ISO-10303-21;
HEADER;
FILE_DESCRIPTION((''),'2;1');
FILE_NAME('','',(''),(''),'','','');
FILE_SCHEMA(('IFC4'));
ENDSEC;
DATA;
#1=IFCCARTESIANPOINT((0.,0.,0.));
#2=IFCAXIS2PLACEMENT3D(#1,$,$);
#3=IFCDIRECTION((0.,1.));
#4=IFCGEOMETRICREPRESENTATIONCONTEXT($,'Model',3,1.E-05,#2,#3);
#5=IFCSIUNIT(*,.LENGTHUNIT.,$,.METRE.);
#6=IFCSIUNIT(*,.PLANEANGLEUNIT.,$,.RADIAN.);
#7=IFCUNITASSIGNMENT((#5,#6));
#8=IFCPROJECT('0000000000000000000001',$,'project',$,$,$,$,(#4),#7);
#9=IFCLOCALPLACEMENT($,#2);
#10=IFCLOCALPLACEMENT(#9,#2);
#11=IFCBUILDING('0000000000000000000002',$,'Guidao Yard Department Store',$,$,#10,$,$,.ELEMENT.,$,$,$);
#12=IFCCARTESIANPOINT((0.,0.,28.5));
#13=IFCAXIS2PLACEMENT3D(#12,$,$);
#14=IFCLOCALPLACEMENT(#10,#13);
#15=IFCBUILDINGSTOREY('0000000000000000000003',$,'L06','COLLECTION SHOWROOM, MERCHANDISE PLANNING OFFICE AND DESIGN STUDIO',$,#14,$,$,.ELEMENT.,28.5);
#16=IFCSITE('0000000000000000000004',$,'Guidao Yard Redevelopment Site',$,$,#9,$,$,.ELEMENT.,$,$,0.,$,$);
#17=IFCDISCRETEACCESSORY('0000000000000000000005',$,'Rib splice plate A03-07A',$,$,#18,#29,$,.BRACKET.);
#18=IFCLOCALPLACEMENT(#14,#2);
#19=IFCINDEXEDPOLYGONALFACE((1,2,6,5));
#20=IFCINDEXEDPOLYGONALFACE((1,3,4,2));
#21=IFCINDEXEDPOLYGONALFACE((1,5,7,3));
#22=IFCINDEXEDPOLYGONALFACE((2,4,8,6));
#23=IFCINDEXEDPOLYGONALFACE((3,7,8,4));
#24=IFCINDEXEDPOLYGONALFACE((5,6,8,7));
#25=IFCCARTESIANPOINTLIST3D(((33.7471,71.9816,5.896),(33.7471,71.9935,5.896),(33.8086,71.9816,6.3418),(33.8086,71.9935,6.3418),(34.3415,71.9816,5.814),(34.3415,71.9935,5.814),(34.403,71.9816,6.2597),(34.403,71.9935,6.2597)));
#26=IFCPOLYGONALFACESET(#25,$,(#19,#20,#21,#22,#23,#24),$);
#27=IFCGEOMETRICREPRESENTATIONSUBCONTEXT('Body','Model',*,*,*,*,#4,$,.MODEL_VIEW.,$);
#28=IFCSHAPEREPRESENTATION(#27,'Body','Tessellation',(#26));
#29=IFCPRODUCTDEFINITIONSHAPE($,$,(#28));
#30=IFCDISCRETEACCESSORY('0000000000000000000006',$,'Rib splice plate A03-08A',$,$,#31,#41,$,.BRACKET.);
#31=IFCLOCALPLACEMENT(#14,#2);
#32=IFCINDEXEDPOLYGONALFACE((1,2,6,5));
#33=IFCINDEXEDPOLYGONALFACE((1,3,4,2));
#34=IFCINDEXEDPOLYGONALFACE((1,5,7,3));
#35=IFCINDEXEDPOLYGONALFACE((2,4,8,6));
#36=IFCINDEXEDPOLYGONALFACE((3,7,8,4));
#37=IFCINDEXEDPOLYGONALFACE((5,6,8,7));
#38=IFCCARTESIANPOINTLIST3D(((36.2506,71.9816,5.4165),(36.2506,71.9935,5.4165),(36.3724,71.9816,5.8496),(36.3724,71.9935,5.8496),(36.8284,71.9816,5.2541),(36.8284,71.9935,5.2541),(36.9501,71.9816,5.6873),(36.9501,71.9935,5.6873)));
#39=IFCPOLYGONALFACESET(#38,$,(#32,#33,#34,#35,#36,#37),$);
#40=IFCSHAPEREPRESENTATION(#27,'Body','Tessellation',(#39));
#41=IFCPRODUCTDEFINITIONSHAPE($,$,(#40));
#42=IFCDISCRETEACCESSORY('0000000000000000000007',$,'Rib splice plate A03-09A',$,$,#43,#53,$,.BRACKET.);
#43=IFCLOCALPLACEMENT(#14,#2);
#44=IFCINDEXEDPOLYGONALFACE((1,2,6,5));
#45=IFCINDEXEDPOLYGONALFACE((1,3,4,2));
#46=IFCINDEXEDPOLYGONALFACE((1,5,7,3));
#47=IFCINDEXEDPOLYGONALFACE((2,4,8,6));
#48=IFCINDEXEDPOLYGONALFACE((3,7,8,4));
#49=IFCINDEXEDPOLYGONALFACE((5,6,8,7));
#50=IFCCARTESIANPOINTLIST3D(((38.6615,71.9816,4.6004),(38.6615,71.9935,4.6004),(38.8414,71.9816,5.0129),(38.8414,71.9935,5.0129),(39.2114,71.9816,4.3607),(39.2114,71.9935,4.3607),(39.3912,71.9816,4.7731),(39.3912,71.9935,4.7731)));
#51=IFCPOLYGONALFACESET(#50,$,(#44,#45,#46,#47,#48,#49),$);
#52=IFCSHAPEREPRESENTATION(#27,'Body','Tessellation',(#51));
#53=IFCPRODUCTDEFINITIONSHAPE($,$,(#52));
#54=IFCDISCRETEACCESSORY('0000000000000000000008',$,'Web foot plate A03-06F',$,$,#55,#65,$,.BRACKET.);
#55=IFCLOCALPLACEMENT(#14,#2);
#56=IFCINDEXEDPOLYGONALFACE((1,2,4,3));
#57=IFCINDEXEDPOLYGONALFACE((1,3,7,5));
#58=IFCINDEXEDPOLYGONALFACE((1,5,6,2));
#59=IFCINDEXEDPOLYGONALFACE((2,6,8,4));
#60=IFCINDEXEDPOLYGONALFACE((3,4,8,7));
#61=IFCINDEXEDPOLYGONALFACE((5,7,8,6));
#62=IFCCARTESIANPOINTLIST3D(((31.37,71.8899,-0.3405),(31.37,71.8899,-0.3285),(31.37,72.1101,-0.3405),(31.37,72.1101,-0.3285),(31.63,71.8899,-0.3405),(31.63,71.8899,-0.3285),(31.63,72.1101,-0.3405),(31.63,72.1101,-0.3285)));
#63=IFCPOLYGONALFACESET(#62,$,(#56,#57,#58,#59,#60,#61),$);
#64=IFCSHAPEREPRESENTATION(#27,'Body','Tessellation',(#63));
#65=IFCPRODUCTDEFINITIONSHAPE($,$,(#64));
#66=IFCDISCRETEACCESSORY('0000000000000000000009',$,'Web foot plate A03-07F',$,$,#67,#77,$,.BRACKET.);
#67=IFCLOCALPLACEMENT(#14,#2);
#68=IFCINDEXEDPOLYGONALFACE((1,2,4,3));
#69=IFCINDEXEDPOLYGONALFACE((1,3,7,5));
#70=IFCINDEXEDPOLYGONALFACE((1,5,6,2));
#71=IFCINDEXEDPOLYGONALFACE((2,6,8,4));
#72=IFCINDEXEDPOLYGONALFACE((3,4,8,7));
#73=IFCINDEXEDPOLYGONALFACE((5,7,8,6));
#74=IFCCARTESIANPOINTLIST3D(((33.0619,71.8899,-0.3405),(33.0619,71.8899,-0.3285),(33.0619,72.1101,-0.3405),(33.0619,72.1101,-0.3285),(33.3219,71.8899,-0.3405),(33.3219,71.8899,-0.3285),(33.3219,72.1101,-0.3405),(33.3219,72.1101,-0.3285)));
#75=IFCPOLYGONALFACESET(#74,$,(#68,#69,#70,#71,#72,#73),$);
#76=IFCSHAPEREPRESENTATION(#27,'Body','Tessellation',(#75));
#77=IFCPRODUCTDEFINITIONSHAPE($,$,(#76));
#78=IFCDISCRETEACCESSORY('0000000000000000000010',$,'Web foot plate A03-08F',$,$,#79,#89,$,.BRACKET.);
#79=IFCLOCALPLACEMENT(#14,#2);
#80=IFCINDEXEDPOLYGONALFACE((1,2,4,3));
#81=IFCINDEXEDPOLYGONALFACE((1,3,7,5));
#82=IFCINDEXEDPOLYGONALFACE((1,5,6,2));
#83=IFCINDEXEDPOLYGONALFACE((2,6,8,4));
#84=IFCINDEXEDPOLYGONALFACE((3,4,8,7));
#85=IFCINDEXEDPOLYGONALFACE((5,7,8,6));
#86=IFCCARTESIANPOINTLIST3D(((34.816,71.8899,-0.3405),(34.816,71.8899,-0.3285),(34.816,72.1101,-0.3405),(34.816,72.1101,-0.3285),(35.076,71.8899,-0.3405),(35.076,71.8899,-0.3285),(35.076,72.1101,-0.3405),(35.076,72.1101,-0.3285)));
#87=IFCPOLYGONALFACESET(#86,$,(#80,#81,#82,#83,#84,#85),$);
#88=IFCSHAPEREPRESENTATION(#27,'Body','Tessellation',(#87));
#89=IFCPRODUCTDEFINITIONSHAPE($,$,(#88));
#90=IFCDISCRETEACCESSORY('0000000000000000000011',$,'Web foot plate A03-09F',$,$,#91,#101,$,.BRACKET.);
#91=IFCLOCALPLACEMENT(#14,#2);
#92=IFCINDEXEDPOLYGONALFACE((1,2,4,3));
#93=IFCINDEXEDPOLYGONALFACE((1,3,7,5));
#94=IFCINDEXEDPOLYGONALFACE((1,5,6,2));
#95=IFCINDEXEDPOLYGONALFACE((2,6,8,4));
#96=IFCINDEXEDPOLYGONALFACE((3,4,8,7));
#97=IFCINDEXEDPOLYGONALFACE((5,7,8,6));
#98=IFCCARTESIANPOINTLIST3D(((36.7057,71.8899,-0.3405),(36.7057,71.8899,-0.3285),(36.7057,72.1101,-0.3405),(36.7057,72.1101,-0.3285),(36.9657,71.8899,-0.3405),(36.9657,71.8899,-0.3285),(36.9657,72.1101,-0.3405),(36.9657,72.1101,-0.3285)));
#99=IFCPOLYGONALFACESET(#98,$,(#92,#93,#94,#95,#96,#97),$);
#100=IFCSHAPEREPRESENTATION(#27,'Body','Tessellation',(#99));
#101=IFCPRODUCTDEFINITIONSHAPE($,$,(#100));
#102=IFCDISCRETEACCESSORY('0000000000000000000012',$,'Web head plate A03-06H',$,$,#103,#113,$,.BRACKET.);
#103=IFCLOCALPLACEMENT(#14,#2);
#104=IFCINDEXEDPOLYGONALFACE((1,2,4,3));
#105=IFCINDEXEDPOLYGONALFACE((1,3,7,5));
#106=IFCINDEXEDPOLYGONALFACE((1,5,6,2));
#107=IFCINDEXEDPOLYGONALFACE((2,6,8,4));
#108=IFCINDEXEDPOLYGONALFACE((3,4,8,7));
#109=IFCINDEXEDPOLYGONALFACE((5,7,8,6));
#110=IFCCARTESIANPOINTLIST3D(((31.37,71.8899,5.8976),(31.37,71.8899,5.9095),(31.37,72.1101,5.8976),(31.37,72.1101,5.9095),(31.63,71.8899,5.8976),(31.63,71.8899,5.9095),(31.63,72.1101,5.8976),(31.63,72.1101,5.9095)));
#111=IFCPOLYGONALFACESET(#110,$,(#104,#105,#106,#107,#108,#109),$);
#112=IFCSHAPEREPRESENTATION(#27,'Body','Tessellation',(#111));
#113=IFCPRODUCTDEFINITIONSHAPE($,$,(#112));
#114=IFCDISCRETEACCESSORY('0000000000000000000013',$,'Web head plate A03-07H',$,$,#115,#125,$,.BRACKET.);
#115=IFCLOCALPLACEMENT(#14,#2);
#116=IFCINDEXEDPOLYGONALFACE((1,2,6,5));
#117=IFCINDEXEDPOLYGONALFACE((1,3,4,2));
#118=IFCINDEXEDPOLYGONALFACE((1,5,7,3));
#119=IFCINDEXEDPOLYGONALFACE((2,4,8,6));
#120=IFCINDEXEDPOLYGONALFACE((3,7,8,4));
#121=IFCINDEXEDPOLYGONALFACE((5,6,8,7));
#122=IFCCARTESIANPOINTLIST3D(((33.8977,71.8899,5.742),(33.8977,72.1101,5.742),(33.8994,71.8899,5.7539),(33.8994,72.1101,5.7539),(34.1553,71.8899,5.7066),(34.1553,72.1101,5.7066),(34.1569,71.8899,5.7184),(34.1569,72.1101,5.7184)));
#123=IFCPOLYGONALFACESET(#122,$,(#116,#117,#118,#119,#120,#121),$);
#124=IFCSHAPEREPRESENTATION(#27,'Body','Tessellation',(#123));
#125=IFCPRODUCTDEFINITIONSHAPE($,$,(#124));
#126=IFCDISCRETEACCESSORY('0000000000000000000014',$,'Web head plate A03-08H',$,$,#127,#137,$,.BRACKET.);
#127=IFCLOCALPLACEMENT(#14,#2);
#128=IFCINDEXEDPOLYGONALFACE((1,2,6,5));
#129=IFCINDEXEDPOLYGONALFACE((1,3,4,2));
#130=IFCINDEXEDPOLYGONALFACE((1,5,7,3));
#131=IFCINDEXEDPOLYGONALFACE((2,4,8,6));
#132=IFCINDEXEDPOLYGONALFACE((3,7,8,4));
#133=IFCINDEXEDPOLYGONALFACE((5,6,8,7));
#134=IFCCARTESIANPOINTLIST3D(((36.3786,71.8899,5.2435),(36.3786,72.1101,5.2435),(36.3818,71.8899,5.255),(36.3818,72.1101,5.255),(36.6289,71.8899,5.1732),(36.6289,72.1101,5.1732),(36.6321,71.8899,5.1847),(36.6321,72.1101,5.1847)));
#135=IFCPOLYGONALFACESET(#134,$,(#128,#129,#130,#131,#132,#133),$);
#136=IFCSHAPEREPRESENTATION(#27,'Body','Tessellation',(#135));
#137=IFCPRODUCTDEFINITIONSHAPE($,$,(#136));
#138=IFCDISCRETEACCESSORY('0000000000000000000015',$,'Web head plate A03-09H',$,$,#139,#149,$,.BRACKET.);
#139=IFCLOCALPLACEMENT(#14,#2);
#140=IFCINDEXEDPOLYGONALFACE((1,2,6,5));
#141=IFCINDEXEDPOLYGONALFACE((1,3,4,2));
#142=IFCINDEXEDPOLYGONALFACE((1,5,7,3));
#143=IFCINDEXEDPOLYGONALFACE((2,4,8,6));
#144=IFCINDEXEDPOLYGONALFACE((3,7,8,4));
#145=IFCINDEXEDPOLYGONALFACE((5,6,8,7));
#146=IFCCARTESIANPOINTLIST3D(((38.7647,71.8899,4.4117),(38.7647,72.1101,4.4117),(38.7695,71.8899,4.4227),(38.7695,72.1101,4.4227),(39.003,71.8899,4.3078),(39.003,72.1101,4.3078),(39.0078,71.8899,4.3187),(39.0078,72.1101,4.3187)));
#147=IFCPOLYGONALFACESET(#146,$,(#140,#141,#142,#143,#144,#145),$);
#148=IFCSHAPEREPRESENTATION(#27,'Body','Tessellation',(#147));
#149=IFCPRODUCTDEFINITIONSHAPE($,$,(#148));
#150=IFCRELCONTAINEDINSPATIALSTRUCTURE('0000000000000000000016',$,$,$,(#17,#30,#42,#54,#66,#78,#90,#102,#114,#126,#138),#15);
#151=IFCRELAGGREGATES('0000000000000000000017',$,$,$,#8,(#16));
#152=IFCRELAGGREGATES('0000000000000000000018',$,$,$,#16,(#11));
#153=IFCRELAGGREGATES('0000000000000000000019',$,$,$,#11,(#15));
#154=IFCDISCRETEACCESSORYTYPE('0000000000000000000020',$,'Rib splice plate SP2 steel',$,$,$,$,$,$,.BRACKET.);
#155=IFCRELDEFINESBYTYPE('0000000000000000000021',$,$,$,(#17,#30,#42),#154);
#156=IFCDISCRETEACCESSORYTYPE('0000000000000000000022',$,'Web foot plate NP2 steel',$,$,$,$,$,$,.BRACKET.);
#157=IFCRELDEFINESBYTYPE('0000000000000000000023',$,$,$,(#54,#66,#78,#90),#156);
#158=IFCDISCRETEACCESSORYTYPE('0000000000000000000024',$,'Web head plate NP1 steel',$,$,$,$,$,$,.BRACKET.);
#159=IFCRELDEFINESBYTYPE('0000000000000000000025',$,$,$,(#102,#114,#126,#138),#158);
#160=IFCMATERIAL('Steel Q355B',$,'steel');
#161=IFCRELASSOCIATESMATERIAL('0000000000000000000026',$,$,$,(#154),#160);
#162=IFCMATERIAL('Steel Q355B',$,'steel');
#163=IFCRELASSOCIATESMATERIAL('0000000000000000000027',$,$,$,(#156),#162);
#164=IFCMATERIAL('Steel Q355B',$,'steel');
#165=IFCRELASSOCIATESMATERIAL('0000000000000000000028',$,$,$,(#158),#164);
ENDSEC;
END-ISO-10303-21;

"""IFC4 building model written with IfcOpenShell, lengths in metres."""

from ifc_helpers import new_model, si_unit, direction, frame, origin, origin_2d, place, context, subcontext, project, spatial, rectangle, extrude, material, material_profile, profile_set, type_object, element, save


model = new_model("IFC4")

# Units and contexts
model_context = context("Model", 3, precision=1e-05, world=origin(), true_north=direction((0.0, 1.0)))
body_context = subcontext(model_context, "Body", "Model", "MODEL_VIEW")
ifc_project = project(units=[si_unit("LENGTHUNIT", "METRE"), si_unit("PLANEANGLEUNIT", "RADIAN")], contexts=[model_context])

# Site, building, storey
site_placement = place(None, origin())
site = spatial("IfcSite", under=ifc_project, at=site_placement, Name="Guidao Yard Redevelopment Site", CompositionType="ELEMENT", RefElevation=0.0)
building_placement = place(site_placement, origin())
building = spatial("IfcBuilding", under=site, at=building_placement, Name="Guidao Yard Department Store", CompositionType="ELEMENT")
storey_placement = place(building_placement, frame((0.0, 0.0, 28.5)))
storey = spatial("IfcBuildingStorey", under=building, at=storey_placement, Name="L06", Description="COLLECTION SHOWROOM, MERCHANDISE PLANNING OFFICE AND DESIGN STUDIO", CompositionType="ELEMENT", Elevation=28.5)

# Discrete accessories
ifc_material_1 = material(Name="Steel Q355B", Category="steel")
ifc_material_profile_1 = material_profile(ifc_material_1, rectangle(XDim=0.012, YDim=0.45, at=origin_2d()), Name="Splice plate 450x12")
ifc_profile_set_1 = profile_set([ifc_material_profile_1], Name="Steel Q355B")
discrete_accessory_type_1 = type_object("IfcDiscreteAccessoryType", Name="Rib splice plate SP2 steel", PredefinedType="BRACKET", material=ifc_profile_set_1)
for number, where, z_axis, x_axis, name in (
    (1, (33.7778, 71.9875, 6.1189), (0.990614, 0.0, -0.136692), (0.0, 1.0, 0.0), "Rib splice plate A03-07A"),
    (2, (36.3115, 71.9875, 5.6331), (0.962697, 0.0, -0.270581), (0.0, 1.0, 0.0), "Rib splice plate A03-08A"),
):
    element("IfcDiscreteAccessory", number, at=place(storey_placement, frame(where, z_axis=z_axis, x_axis=x_axis)), inside=storey, type_object=discrete_accessory_type_1, Name=name, PredefinedType="BRACKET", context=body_context, shape_type="SweptSolid", body=[
        extrude(rectangle(XDim=0.012, YDim=0.45, at=origin_2d()), origin(), (0.0, 0.0, 1.0), 0.6001),
    ])
discrete_accessory_1_placement = place(storey_placement, frame((38.7515, 71.9875, 4.8066), z_axis=(0.916642, 0.0, -0.399708), x_axis=(0.0, 1.0, 0.0)))
element("IfcDiscreteAccessory", 3, at=discrete_accessory_1_placement, inside=storey, type_object=discrete_accessory_type_1, Name="Rib splice plate A03-09A", PredefinedType="BRACKET", context=body_context, shape_type="SweptSolid", body=[
    extrude(rectangle(XDim=0.012, YDim=0.45, at=origin_2d()), origin(), (0.0, 0.0, 1.0), 0.5999),
])
ifc_material_2 = material(Name="Steel Q355B", Category="steel")
ifc_material_profile_2 = material_profile(ifc_material_2, rectangle(XDim=0.26, YDim=0.012, at=origin_2d()), Name="Node plate 260x12")
ifc_profile_set_2 = profile_set([ifc_material_profile_2], Name="Steel Q355B")
discrete_accessory_type_2 = type_object("IfcDiscreteAccessoryType", Name="Web foot plate NP2 steel", PredefinedType="BRACKET", material=ifc_profile_set_2)
for number, where, z_axis, x_axis, name in (
    (4, (31.5, 71.8899, -0.3345), (0.0, 1.0, 0.0), (-1.0, 0.0, 0.0), "Web foot plate A03-06F"),
    (5, (33.1919, 71.8899, -0.3345), (0.0, 1.0, 0.0), (-1.0, 0.0, 0.0), "Web foot plate A03-07F"),
    (6, (34.946, 71.8899, -0.3345), (0.0, 1.0, 0.0), (-1.0, 0.0, 0.0), "Web foot plate A03-08F"),
    (7, (36.8357, 71.8899, -0.3345), (0.0, 1.0, 0.0), (-1.0, 0.0, 0.0), "Web foot plate A03-09F"),
):
    element("IfcDiscreteAccessory", number, at=place(storey_placement, frame(where, z_axis=z_axis, x_axis=x_axis)), inside=storey, type_object=discrete_accessory_type_2, Name=name, PredefinedType="BRACKET", context=body_context, shape_type="SweptSolid", body=[
        extrude(rectangle(XDim=0.26, YDim=0.012, at=origin_2d()), origin(), (0.0, 0.0, 1.0), 0.2202),
    ])
ifc_material_3 = material(Name="Steel Q355B", Category="steel")
ifc_material_profile_3 = material_profile(ifc_material_3, rectangle(XDim=0.26, YDim=0.012, at=origin_2d()), Name="Node plate 260x12")
ifc_profile_set_3 = profile_set([ifc_material_profile_3], Name="Steel Q355B")
discrete_accessory_type_3 = type_object("IfcDiscreteAccessoryType", Name="Web head plate NP1 steel", PredefinedType="BRACKET", material=ifc_profile_set_3)
for number, where, z_axis, x_axis, name in (
    (8, (31.5, 71.8899, 5.9036), (0.0, 1.0, 0.0), (-1.0, 0.0, 0.0), "Web head plate A03-06H"),
    (9, (34.0273, 71.8899, 5.7302), (0.0, 1.0, 0.0), (-0.990647, 0.0, 0.136449), "Web head plate A03-07H"),
    (10, (36.5054, 71.8899, 5.2141), (0.0, 1.0, 0.0), (-0.962712, 0.0, 0.270529), "Web head plate A03-08H"),
    (11, (38.8862, 71.8899, 4.3652), (0.0, 1.0, 0.0), (-0.916571, 0.0, 0.399871), "Web head plate A03-09H"),
):
    element("IfcDiscreteAccessory", number, at=place(storey_placement, frame(where, z_axis=z_axis, x_axis=x_axis)), inside=storey, type_object=discrete_accessory_type_3, Name=name, PredefinedType="BRACKET", context=body_context, shape_type="SweptSolid", body=[
        extrude(rectangle(XDim=0.26, YDim=0.012, at=origin_2d()), origin(), (0.0, 0.0, 1.0), 0.2202),
    ])

save(model, "model.ifc")
